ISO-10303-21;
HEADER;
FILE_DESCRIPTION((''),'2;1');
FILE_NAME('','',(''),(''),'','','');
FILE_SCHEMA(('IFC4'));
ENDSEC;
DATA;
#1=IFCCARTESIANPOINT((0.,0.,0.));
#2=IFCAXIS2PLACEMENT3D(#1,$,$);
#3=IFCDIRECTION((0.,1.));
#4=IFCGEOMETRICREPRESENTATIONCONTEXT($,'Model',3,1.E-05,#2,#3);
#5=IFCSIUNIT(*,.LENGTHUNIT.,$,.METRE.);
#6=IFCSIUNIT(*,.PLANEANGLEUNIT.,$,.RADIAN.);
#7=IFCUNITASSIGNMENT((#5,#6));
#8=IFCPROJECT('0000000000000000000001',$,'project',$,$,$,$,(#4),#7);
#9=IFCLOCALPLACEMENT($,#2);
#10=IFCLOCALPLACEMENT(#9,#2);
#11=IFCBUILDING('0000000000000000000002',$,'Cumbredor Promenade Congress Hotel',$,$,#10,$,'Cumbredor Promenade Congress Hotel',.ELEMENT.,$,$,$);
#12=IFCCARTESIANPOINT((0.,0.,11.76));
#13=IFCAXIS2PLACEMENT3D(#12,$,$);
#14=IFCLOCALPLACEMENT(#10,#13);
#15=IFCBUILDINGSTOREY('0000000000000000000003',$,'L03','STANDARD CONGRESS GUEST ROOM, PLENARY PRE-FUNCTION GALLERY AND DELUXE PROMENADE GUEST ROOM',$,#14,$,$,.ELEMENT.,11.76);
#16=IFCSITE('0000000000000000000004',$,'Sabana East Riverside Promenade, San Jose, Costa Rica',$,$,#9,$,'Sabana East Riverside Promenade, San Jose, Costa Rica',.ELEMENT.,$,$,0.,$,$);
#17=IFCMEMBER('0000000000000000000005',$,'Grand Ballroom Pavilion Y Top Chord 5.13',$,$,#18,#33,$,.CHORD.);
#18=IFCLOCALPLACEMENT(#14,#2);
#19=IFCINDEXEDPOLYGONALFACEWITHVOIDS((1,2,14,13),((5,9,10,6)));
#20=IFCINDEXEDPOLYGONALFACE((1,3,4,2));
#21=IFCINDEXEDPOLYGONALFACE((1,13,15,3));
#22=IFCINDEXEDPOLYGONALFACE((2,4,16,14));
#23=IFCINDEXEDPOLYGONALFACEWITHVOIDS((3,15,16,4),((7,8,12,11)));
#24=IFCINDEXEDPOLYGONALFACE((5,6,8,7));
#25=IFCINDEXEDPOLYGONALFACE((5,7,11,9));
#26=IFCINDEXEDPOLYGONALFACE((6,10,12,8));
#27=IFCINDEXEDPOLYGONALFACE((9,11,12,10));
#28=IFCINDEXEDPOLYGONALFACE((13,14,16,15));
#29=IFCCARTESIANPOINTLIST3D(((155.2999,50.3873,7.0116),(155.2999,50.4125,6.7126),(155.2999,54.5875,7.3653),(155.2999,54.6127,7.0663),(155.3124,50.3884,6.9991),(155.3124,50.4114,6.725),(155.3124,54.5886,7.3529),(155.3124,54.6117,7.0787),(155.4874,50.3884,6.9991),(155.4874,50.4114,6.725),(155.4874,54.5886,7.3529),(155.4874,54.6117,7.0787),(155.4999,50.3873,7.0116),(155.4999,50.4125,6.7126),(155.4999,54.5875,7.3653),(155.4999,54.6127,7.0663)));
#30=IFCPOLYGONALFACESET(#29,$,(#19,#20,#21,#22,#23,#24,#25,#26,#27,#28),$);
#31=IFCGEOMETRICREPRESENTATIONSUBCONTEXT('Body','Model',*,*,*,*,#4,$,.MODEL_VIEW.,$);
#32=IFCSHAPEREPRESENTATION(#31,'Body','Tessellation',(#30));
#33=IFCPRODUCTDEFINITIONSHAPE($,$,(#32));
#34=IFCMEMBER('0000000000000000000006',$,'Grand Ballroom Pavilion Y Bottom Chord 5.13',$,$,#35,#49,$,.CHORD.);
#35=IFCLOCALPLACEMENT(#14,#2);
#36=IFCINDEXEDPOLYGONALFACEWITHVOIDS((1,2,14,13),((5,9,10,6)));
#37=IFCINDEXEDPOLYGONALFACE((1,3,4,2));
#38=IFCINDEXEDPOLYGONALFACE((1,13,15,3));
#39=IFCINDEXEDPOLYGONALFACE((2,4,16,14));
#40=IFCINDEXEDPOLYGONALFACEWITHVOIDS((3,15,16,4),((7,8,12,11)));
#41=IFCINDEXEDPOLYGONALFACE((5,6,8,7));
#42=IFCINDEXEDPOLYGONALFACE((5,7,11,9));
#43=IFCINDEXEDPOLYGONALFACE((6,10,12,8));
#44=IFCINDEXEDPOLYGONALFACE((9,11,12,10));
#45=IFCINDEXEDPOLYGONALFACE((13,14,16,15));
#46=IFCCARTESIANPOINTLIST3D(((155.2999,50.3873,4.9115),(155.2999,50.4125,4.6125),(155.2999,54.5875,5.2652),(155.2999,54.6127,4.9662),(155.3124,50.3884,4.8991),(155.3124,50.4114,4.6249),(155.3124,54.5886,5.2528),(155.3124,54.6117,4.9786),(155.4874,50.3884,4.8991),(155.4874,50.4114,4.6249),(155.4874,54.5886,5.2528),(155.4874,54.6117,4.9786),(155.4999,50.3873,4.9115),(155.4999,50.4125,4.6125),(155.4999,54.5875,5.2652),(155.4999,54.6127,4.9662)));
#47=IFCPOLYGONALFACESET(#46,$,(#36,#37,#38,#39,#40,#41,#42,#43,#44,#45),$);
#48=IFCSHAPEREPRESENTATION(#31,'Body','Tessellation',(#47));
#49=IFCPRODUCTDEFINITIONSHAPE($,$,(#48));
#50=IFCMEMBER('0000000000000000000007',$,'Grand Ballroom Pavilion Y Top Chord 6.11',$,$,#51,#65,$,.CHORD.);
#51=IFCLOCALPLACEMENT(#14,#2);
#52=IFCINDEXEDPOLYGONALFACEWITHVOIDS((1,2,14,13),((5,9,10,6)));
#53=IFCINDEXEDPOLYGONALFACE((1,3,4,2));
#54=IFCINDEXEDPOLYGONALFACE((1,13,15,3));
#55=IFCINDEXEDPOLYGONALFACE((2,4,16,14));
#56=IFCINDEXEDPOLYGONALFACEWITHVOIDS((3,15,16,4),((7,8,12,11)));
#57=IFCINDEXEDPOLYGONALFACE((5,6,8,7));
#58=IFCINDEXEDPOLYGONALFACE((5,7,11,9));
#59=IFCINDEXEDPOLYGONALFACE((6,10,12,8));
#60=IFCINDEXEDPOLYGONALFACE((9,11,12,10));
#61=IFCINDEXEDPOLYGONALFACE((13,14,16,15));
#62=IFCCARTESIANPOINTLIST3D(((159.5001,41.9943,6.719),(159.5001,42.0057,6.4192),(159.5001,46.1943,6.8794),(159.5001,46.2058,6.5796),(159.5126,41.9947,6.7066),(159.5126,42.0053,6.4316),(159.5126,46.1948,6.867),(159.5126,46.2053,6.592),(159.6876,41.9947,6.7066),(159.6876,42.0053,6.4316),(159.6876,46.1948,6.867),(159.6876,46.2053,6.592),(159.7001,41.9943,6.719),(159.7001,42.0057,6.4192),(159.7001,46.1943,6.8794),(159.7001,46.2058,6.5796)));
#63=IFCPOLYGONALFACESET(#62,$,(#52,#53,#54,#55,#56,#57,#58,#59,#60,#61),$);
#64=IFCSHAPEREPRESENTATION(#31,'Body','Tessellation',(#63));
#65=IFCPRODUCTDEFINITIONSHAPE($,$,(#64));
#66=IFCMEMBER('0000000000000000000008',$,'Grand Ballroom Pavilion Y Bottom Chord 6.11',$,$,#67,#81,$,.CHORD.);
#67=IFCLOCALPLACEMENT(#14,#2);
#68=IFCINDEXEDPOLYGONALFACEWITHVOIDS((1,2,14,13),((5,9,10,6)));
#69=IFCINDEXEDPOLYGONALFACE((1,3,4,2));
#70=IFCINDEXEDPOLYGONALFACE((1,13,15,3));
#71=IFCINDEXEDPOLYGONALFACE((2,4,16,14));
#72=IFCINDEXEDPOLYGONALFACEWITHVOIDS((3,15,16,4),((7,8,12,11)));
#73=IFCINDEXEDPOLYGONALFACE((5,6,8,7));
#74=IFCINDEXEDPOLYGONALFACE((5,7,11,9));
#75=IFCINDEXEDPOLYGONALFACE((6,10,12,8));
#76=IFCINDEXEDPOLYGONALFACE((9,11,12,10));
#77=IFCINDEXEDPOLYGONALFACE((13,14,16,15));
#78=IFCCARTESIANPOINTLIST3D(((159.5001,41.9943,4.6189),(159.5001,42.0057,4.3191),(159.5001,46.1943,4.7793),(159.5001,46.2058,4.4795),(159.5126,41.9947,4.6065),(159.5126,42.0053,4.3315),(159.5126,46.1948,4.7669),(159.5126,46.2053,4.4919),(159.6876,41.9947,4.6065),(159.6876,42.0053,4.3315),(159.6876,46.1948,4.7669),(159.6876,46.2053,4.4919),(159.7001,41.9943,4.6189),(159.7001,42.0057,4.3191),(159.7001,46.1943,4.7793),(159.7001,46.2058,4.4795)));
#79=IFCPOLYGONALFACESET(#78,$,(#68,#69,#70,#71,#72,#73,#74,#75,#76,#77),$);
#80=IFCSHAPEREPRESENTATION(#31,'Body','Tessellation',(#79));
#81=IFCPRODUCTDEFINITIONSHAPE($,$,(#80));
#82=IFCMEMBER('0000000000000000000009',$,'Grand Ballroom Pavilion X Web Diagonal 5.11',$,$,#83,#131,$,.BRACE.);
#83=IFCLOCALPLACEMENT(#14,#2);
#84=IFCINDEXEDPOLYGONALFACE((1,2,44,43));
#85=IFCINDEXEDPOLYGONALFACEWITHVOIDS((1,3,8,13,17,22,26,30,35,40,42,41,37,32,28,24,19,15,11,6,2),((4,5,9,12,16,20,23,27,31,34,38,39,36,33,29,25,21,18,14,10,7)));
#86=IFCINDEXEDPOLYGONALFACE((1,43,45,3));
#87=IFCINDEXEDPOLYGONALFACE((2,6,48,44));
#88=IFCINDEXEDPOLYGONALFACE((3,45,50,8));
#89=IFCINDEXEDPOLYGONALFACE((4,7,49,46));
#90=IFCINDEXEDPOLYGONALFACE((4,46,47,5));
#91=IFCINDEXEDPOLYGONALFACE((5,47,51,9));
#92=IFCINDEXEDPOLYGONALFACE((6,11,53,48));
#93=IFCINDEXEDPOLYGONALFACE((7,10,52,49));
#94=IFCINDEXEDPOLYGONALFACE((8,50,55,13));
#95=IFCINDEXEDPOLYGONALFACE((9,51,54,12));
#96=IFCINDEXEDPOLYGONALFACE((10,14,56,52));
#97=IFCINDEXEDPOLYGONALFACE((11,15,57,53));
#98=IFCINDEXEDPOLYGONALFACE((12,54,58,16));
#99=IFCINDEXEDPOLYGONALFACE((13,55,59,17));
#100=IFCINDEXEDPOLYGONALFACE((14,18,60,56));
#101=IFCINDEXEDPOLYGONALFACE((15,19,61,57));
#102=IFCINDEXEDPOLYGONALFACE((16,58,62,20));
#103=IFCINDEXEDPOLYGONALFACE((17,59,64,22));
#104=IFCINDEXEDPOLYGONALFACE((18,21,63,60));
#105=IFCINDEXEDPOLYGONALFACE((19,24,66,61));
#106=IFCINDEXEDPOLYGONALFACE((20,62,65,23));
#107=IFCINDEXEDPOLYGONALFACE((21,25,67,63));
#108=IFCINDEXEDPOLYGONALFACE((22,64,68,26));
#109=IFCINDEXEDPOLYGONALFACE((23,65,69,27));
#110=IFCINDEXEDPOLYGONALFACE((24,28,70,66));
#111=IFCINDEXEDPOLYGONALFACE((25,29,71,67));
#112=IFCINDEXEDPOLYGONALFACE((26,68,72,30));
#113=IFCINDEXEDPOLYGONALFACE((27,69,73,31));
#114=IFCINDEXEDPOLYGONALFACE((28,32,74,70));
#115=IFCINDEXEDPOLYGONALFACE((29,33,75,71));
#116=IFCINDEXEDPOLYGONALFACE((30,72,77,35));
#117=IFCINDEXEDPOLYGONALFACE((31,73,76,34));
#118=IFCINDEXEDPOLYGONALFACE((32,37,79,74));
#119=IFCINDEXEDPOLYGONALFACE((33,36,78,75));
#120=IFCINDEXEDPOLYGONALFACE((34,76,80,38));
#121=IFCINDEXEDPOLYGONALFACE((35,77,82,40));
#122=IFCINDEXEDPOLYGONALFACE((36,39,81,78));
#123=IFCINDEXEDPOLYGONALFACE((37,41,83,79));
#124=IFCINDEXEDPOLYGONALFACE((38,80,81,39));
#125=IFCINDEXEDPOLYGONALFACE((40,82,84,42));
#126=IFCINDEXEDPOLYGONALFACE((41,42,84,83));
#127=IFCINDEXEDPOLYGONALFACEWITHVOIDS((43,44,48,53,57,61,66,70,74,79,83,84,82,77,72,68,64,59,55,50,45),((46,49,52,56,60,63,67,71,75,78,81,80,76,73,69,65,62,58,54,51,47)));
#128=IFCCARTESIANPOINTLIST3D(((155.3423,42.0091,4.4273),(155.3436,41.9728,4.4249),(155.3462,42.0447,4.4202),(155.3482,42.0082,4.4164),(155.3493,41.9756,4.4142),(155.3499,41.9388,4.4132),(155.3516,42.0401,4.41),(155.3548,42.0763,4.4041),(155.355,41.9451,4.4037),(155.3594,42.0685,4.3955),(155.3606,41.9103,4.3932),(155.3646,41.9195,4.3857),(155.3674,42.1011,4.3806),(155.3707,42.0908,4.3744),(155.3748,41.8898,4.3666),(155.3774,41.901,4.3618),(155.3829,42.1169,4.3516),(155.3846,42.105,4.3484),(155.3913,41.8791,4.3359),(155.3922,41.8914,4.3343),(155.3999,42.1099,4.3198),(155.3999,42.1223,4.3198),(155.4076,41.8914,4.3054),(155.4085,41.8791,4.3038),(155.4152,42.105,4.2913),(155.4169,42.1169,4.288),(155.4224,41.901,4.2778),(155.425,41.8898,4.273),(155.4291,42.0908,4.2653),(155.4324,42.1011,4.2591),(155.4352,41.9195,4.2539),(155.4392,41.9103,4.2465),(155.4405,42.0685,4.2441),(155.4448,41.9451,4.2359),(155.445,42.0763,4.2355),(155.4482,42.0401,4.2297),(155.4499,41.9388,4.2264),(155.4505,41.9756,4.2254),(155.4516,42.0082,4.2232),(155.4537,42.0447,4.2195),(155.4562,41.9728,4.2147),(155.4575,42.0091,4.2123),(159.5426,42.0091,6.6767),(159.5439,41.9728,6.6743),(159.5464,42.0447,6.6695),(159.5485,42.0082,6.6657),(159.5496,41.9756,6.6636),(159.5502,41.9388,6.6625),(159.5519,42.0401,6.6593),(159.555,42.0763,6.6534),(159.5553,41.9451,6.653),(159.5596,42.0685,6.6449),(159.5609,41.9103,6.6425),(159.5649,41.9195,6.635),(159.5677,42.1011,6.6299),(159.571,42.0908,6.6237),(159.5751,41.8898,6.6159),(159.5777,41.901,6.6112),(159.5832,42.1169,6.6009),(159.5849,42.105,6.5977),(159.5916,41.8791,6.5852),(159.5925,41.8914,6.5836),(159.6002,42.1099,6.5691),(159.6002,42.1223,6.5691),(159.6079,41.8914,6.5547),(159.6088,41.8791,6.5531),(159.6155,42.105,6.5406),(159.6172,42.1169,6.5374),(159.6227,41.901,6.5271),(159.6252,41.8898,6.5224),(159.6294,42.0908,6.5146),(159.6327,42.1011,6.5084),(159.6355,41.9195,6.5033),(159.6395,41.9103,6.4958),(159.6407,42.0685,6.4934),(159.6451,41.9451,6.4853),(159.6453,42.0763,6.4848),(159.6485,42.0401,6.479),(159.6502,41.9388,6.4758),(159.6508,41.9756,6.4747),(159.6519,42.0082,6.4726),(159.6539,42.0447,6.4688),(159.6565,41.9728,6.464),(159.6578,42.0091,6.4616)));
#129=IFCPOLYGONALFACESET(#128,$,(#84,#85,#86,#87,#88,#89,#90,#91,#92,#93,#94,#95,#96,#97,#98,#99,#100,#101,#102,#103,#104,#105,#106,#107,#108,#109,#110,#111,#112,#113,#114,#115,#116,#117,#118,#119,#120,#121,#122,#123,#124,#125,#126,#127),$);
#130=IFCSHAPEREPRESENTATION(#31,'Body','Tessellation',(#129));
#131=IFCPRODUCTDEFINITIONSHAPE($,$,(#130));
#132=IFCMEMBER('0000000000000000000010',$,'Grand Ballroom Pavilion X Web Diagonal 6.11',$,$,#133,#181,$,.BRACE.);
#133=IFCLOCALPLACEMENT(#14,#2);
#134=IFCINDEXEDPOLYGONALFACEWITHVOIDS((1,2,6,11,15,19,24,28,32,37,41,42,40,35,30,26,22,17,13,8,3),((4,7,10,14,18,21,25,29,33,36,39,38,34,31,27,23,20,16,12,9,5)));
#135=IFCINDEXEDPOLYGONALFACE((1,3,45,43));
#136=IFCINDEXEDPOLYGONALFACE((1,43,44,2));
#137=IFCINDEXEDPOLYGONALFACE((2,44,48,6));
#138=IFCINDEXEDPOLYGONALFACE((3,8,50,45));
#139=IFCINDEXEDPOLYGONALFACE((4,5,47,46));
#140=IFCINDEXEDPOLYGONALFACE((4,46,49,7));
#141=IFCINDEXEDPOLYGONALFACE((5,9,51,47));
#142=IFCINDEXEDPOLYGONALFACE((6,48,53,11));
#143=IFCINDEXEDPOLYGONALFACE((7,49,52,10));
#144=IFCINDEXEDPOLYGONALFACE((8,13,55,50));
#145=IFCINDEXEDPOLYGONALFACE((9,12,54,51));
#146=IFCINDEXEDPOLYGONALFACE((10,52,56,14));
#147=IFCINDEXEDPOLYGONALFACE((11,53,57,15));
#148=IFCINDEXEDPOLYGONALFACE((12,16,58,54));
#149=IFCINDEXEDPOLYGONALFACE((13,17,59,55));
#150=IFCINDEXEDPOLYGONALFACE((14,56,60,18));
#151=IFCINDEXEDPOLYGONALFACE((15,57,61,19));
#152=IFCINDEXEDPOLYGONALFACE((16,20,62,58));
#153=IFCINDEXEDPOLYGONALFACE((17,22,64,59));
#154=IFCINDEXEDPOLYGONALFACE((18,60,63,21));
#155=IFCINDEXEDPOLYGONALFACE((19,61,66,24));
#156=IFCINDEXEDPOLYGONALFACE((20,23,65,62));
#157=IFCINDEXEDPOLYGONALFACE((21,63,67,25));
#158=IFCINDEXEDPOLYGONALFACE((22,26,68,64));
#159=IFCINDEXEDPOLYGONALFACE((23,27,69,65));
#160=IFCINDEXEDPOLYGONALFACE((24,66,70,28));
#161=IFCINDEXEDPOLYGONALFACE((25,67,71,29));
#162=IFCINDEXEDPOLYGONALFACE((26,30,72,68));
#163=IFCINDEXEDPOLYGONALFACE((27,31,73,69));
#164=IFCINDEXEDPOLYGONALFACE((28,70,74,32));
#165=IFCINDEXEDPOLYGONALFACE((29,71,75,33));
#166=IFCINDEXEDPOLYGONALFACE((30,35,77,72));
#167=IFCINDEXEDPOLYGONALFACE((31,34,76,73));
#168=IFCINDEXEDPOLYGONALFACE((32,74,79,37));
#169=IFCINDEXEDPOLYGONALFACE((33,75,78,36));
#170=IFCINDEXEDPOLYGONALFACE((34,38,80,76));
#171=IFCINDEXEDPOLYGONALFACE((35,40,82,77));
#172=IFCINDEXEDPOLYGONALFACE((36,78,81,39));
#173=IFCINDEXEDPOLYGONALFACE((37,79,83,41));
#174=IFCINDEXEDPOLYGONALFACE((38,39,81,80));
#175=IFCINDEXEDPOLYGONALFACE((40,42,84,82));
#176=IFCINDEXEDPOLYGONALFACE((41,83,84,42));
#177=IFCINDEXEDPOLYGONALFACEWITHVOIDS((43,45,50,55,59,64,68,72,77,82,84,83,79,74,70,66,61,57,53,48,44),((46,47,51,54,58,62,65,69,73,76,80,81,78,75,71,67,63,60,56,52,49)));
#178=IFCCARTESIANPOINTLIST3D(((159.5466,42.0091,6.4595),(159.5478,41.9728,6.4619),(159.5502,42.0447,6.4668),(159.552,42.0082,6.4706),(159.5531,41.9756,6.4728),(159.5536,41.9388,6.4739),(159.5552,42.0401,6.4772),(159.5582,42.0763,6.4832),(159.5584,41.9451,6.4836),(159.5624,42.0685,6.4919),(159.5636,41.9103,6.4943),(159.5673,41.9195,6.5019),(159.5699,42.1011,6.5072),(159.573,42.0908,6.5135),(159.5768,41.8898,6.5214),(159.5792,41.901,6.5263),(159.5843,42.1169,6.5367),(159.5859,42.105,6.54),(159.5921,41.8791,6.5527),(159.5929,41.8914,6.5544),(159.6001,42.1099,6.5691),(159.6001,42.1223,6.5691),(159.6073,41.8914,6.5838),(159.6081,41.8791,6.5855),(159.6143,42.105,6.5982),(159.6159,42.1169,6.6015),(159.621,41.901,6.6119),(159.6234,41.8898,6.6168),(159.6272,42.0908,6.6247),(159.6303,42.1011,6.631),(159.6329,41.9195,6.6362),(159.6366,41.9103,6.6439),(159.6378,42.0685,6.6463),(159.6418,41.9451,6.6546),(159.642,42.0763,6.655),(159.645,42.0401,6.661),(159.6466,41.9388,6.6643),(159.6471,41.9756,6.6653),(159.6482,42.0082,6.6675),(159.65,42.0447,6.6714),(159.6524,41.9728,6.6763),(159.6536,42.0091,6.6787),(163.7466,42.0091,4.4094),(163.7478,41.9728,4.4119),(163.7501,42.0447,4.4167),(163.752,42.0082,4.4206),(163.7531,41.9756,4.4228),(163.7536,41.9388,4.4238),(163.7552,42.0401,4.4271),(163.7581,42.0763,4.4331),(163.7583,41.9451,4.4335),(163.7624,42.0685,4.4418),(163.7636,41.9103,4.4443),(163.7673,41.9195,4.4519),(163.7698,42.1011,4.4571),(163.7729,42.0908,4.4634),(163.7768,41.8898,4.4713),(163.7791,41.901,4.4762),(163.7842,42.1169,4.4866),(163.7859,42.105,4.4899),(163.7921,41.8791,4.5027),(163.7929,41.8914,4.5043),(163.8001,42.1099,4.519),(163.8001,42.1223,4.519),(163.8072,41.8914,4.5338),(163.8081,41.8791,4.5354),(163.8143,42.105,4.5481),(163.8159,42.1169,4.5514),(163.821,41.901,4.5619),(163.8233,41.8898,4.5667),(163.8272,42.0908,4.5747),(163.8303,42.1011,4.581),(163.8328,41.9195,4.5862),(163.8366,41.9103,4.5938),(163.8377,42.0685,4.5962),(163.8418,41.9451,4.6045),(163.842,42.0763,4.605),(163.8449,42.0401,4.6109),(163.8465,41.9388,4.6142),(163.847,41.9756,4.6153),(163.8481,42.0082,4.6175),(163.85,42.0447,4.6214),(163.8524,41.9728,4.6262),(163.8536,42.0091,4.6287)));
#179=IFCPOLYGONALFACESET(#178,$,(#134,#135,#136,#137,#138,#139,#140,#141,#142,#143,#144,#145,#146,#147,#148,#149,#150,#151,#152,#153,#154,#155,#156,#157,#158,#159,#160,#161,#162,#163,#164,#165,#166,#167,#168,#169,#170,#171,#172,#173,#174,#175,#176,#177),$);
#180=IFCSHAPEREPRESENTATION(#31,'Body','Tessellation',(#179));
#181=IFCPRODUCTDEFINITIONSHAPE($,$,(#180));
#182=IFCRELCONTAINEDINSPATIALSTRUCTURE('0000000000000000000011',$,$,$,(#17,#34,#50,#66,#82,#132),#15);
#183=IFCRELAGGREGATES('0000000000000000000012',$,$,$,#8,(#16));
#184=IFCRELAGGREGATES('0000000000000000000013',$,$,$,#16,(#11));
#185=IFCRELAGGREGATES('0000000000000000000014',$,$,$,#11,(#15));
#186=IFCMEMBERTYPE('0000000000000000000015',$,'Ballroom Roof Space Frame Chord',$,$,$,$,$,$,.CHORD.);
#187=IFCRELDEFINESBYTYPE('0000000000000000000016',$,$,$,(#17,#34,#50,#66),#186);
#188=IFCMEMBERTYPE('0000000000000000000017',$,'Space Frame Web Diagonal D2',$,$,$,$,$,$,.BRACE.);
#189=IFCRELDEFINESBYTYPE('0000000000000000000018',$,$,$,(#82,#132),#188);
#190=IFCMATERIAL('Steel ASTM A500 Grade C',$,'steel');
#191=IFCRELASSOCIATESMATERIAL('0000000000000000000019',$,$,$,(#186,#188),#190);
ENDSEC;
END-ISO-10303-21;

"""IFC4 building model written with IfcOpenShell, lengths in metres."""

from ifc_helpers import new_model, si_unit, direction, frame, origin, origin_2d, place, context, subcontext, project, spatial, hollow_rectangle, hollow_circle, extrude, material, material_profile, profile_set, type_object, element, save


model = new_model("IFC4")

# Units and contexts
model_context = context("Model", 3, precision=1e-05, world=origin(), true_north=direction((0.0, 1.0)))
body_context = subcontext(model_context, "Body", "Model", "MODEL_VIEW")
ifc_project = project(units=[si_unit("LENGTHUNIT", "METRE"), si_unit("PLANEANGLEUNIT", "RADIAN")], contexts=[model_context])

# Site, building, storey
site_placement = place(None, origin())
site = spatial("IfcSite", under=ifc_project, at=site_placement, Name="Sabana East Riverside Promenade, San Jose, Costa Rica", LongName="Sabana East Riverside Promenade, San Jose, Costa Rica", CompositionType="ELEMENT", RefElevation=0.0)
building_placement = place(site_placement, origin())
building = spatial("IfcBuilding", under=site, at=building_placement, Name="Cumbredor Promenade Congress Hotel", LongName="Cumbredor Promenade Congress Hotel", CompositionType="ELEMENT")
storey_placement = place(building_placement, frame((0.0, 0.0, 11.76)))
storey = spatial("IfcBuildingStorey", under=building, at=storey_placement, Name="L03", Description="STANDARD CONGRESS GUEST ROOM, PLENARY PRE-FUNCTION GALLERY AND DELUXE PROMENADE GUEST ROOM", CompositionType="ELEMENT", Elevation=11.76)

# Members
ifc_material_1 = material(Name="Steel ASTM A500 Grade C", Category="steel")
ifc_material_profile_1 = material_profile(ifc_material_1, hollow_rectangle(XDim=0.2, YDim=0.3, WallThickness=0.0125, at=origin_2d()), Name="HSS 300x200x12.5")
ifc_profile_set_1 = profile_set([ifc_material_profile_1], Name="Steel ASTM A500 Grade C")
member_type_1 = type_object("IfcMemberType", Name="Ballroom Roof Space Frame Chord", PredefinedType="CHORD", material=ifc_profile_set_1)
for number, where, z_axis, x_axis, name in (
    (1, (155.3999, 50.3999, 6.8621), (0.0, 0.996472, 0.083927), (-1.0, 0.0, 0.0), "Grand Ballroom Pavilion Y Top Chord 5.13"),
    (2, (155.3999, 50.3999, 4.762), (0.0, 0.996472, 0.083927), (-1.0, 0.0, 0.0), "Grand Ballroom Pavilion Y Bottom Chord 5.13"),
):
    element("IfcMember", number, at=place(storey_placement, frame(where, z_axis=z_axis, x_axis=x_axis)), inside=storey, type_object=member_type_1, Name=name, PredefinedType="CHORD", context=body_context, shape_type="SweptSolid", body=[
        extrude(hollow_rectangle(XDim=0.2, YDim=0.3, WallThickness=0.0125, at=origin_2d()), origin(), (0.0, 0.0, 1.0), 4.2151),
    ])
for number, where, z_axis, x_axis, name in (
    (3, (159.6001, 42.0, 6.5691), (0.0, 0.999272, 0.038163), (-1.0, 0.0, 0.0), "Grand Ballroom Pavilion Y Top Chord 6.11"),
    (4, (159.6001, 42.0, 4.469), (0.0, 0.999272, 0.038163), (-1.0, 0.0, 0.0), "Grand Ballroom Pavilion Y Bottom Chord 6.11"),
):
    element("IfcMember", number, at=place(storey_placement, frame(where, z_axis=z_axis, x_axis=x_axis)), inside=storey, type_object=member_type_1, Name=name, PredefinedType="CHORD", context=body_context, shape_type="SweptSolid", body=[
        extrude(hollow_rectangle(XDim=0.2, YDim=0.3, WallThickness=0.0125, at=origin_2d()), origin(), (0.0, 0.0, 1.0), 4.2031),
    ])
ifc_material_profile_2 = material_profile(ifc_material_1, hollow_circle(Radius=0.1223, WallThickness=0.0125, at=origin_2d()), Name="CHS 244.5x12.5")
ifc_profile_set_2 = profile_set([ifc_material_profile_2], Name="Steel ASTM A500 Grade C")
member_type_2 = type_object("IfcMemberType", Name="Space Frame Web Diagonal D2", PredefinedType="BRACE", material=ifc_profile_set_2)
member_1_placement = place(storey_placement, frame((155.3999, 42.0, 4.3198), z_axis=(0.881553, 0.0, 0.472085), x_axis=(0.0, 1.0, 0.0)))
element("IfcMember", 5, at=member_1_placement, inside=storey, type_object=member_type_2, Name="Grand Ballroom Pavilion X Web Diagonal 5.11", PredefinedType="BRACE", context=body_context, shape_type="SweptSolid", body=[
    extrude(hollow_circle(Radius=0.1223, WallThickness=0.0125, at=origin_2d()), origin(), (0.0, 0.0, 1.0), 4.7646),
])
member_2_placement = place(storey_placement, frame((159.6001, 42.0, 6.5691), z_axis=(0.898659, 0.0, -0.438647), x_axis=(0.0, 1.0, 0.0)))
element("IfcMember", 6, at=member_2_placement, inside=storey, type_object=member_type_2, Name="Grand Ballroom Pavilion X Web Diagonal 6.11", PredefinedType="BRACE", context=body_context, shape_type="SweptSolid", body=[
    extrude(hollow_circle(Radius=0.1223, WallThickness=0.0125, at=origin_2d()), origin(), (0.0, 0.0, 1.0), 4.6736),
])

save(model, "model.ifc")
